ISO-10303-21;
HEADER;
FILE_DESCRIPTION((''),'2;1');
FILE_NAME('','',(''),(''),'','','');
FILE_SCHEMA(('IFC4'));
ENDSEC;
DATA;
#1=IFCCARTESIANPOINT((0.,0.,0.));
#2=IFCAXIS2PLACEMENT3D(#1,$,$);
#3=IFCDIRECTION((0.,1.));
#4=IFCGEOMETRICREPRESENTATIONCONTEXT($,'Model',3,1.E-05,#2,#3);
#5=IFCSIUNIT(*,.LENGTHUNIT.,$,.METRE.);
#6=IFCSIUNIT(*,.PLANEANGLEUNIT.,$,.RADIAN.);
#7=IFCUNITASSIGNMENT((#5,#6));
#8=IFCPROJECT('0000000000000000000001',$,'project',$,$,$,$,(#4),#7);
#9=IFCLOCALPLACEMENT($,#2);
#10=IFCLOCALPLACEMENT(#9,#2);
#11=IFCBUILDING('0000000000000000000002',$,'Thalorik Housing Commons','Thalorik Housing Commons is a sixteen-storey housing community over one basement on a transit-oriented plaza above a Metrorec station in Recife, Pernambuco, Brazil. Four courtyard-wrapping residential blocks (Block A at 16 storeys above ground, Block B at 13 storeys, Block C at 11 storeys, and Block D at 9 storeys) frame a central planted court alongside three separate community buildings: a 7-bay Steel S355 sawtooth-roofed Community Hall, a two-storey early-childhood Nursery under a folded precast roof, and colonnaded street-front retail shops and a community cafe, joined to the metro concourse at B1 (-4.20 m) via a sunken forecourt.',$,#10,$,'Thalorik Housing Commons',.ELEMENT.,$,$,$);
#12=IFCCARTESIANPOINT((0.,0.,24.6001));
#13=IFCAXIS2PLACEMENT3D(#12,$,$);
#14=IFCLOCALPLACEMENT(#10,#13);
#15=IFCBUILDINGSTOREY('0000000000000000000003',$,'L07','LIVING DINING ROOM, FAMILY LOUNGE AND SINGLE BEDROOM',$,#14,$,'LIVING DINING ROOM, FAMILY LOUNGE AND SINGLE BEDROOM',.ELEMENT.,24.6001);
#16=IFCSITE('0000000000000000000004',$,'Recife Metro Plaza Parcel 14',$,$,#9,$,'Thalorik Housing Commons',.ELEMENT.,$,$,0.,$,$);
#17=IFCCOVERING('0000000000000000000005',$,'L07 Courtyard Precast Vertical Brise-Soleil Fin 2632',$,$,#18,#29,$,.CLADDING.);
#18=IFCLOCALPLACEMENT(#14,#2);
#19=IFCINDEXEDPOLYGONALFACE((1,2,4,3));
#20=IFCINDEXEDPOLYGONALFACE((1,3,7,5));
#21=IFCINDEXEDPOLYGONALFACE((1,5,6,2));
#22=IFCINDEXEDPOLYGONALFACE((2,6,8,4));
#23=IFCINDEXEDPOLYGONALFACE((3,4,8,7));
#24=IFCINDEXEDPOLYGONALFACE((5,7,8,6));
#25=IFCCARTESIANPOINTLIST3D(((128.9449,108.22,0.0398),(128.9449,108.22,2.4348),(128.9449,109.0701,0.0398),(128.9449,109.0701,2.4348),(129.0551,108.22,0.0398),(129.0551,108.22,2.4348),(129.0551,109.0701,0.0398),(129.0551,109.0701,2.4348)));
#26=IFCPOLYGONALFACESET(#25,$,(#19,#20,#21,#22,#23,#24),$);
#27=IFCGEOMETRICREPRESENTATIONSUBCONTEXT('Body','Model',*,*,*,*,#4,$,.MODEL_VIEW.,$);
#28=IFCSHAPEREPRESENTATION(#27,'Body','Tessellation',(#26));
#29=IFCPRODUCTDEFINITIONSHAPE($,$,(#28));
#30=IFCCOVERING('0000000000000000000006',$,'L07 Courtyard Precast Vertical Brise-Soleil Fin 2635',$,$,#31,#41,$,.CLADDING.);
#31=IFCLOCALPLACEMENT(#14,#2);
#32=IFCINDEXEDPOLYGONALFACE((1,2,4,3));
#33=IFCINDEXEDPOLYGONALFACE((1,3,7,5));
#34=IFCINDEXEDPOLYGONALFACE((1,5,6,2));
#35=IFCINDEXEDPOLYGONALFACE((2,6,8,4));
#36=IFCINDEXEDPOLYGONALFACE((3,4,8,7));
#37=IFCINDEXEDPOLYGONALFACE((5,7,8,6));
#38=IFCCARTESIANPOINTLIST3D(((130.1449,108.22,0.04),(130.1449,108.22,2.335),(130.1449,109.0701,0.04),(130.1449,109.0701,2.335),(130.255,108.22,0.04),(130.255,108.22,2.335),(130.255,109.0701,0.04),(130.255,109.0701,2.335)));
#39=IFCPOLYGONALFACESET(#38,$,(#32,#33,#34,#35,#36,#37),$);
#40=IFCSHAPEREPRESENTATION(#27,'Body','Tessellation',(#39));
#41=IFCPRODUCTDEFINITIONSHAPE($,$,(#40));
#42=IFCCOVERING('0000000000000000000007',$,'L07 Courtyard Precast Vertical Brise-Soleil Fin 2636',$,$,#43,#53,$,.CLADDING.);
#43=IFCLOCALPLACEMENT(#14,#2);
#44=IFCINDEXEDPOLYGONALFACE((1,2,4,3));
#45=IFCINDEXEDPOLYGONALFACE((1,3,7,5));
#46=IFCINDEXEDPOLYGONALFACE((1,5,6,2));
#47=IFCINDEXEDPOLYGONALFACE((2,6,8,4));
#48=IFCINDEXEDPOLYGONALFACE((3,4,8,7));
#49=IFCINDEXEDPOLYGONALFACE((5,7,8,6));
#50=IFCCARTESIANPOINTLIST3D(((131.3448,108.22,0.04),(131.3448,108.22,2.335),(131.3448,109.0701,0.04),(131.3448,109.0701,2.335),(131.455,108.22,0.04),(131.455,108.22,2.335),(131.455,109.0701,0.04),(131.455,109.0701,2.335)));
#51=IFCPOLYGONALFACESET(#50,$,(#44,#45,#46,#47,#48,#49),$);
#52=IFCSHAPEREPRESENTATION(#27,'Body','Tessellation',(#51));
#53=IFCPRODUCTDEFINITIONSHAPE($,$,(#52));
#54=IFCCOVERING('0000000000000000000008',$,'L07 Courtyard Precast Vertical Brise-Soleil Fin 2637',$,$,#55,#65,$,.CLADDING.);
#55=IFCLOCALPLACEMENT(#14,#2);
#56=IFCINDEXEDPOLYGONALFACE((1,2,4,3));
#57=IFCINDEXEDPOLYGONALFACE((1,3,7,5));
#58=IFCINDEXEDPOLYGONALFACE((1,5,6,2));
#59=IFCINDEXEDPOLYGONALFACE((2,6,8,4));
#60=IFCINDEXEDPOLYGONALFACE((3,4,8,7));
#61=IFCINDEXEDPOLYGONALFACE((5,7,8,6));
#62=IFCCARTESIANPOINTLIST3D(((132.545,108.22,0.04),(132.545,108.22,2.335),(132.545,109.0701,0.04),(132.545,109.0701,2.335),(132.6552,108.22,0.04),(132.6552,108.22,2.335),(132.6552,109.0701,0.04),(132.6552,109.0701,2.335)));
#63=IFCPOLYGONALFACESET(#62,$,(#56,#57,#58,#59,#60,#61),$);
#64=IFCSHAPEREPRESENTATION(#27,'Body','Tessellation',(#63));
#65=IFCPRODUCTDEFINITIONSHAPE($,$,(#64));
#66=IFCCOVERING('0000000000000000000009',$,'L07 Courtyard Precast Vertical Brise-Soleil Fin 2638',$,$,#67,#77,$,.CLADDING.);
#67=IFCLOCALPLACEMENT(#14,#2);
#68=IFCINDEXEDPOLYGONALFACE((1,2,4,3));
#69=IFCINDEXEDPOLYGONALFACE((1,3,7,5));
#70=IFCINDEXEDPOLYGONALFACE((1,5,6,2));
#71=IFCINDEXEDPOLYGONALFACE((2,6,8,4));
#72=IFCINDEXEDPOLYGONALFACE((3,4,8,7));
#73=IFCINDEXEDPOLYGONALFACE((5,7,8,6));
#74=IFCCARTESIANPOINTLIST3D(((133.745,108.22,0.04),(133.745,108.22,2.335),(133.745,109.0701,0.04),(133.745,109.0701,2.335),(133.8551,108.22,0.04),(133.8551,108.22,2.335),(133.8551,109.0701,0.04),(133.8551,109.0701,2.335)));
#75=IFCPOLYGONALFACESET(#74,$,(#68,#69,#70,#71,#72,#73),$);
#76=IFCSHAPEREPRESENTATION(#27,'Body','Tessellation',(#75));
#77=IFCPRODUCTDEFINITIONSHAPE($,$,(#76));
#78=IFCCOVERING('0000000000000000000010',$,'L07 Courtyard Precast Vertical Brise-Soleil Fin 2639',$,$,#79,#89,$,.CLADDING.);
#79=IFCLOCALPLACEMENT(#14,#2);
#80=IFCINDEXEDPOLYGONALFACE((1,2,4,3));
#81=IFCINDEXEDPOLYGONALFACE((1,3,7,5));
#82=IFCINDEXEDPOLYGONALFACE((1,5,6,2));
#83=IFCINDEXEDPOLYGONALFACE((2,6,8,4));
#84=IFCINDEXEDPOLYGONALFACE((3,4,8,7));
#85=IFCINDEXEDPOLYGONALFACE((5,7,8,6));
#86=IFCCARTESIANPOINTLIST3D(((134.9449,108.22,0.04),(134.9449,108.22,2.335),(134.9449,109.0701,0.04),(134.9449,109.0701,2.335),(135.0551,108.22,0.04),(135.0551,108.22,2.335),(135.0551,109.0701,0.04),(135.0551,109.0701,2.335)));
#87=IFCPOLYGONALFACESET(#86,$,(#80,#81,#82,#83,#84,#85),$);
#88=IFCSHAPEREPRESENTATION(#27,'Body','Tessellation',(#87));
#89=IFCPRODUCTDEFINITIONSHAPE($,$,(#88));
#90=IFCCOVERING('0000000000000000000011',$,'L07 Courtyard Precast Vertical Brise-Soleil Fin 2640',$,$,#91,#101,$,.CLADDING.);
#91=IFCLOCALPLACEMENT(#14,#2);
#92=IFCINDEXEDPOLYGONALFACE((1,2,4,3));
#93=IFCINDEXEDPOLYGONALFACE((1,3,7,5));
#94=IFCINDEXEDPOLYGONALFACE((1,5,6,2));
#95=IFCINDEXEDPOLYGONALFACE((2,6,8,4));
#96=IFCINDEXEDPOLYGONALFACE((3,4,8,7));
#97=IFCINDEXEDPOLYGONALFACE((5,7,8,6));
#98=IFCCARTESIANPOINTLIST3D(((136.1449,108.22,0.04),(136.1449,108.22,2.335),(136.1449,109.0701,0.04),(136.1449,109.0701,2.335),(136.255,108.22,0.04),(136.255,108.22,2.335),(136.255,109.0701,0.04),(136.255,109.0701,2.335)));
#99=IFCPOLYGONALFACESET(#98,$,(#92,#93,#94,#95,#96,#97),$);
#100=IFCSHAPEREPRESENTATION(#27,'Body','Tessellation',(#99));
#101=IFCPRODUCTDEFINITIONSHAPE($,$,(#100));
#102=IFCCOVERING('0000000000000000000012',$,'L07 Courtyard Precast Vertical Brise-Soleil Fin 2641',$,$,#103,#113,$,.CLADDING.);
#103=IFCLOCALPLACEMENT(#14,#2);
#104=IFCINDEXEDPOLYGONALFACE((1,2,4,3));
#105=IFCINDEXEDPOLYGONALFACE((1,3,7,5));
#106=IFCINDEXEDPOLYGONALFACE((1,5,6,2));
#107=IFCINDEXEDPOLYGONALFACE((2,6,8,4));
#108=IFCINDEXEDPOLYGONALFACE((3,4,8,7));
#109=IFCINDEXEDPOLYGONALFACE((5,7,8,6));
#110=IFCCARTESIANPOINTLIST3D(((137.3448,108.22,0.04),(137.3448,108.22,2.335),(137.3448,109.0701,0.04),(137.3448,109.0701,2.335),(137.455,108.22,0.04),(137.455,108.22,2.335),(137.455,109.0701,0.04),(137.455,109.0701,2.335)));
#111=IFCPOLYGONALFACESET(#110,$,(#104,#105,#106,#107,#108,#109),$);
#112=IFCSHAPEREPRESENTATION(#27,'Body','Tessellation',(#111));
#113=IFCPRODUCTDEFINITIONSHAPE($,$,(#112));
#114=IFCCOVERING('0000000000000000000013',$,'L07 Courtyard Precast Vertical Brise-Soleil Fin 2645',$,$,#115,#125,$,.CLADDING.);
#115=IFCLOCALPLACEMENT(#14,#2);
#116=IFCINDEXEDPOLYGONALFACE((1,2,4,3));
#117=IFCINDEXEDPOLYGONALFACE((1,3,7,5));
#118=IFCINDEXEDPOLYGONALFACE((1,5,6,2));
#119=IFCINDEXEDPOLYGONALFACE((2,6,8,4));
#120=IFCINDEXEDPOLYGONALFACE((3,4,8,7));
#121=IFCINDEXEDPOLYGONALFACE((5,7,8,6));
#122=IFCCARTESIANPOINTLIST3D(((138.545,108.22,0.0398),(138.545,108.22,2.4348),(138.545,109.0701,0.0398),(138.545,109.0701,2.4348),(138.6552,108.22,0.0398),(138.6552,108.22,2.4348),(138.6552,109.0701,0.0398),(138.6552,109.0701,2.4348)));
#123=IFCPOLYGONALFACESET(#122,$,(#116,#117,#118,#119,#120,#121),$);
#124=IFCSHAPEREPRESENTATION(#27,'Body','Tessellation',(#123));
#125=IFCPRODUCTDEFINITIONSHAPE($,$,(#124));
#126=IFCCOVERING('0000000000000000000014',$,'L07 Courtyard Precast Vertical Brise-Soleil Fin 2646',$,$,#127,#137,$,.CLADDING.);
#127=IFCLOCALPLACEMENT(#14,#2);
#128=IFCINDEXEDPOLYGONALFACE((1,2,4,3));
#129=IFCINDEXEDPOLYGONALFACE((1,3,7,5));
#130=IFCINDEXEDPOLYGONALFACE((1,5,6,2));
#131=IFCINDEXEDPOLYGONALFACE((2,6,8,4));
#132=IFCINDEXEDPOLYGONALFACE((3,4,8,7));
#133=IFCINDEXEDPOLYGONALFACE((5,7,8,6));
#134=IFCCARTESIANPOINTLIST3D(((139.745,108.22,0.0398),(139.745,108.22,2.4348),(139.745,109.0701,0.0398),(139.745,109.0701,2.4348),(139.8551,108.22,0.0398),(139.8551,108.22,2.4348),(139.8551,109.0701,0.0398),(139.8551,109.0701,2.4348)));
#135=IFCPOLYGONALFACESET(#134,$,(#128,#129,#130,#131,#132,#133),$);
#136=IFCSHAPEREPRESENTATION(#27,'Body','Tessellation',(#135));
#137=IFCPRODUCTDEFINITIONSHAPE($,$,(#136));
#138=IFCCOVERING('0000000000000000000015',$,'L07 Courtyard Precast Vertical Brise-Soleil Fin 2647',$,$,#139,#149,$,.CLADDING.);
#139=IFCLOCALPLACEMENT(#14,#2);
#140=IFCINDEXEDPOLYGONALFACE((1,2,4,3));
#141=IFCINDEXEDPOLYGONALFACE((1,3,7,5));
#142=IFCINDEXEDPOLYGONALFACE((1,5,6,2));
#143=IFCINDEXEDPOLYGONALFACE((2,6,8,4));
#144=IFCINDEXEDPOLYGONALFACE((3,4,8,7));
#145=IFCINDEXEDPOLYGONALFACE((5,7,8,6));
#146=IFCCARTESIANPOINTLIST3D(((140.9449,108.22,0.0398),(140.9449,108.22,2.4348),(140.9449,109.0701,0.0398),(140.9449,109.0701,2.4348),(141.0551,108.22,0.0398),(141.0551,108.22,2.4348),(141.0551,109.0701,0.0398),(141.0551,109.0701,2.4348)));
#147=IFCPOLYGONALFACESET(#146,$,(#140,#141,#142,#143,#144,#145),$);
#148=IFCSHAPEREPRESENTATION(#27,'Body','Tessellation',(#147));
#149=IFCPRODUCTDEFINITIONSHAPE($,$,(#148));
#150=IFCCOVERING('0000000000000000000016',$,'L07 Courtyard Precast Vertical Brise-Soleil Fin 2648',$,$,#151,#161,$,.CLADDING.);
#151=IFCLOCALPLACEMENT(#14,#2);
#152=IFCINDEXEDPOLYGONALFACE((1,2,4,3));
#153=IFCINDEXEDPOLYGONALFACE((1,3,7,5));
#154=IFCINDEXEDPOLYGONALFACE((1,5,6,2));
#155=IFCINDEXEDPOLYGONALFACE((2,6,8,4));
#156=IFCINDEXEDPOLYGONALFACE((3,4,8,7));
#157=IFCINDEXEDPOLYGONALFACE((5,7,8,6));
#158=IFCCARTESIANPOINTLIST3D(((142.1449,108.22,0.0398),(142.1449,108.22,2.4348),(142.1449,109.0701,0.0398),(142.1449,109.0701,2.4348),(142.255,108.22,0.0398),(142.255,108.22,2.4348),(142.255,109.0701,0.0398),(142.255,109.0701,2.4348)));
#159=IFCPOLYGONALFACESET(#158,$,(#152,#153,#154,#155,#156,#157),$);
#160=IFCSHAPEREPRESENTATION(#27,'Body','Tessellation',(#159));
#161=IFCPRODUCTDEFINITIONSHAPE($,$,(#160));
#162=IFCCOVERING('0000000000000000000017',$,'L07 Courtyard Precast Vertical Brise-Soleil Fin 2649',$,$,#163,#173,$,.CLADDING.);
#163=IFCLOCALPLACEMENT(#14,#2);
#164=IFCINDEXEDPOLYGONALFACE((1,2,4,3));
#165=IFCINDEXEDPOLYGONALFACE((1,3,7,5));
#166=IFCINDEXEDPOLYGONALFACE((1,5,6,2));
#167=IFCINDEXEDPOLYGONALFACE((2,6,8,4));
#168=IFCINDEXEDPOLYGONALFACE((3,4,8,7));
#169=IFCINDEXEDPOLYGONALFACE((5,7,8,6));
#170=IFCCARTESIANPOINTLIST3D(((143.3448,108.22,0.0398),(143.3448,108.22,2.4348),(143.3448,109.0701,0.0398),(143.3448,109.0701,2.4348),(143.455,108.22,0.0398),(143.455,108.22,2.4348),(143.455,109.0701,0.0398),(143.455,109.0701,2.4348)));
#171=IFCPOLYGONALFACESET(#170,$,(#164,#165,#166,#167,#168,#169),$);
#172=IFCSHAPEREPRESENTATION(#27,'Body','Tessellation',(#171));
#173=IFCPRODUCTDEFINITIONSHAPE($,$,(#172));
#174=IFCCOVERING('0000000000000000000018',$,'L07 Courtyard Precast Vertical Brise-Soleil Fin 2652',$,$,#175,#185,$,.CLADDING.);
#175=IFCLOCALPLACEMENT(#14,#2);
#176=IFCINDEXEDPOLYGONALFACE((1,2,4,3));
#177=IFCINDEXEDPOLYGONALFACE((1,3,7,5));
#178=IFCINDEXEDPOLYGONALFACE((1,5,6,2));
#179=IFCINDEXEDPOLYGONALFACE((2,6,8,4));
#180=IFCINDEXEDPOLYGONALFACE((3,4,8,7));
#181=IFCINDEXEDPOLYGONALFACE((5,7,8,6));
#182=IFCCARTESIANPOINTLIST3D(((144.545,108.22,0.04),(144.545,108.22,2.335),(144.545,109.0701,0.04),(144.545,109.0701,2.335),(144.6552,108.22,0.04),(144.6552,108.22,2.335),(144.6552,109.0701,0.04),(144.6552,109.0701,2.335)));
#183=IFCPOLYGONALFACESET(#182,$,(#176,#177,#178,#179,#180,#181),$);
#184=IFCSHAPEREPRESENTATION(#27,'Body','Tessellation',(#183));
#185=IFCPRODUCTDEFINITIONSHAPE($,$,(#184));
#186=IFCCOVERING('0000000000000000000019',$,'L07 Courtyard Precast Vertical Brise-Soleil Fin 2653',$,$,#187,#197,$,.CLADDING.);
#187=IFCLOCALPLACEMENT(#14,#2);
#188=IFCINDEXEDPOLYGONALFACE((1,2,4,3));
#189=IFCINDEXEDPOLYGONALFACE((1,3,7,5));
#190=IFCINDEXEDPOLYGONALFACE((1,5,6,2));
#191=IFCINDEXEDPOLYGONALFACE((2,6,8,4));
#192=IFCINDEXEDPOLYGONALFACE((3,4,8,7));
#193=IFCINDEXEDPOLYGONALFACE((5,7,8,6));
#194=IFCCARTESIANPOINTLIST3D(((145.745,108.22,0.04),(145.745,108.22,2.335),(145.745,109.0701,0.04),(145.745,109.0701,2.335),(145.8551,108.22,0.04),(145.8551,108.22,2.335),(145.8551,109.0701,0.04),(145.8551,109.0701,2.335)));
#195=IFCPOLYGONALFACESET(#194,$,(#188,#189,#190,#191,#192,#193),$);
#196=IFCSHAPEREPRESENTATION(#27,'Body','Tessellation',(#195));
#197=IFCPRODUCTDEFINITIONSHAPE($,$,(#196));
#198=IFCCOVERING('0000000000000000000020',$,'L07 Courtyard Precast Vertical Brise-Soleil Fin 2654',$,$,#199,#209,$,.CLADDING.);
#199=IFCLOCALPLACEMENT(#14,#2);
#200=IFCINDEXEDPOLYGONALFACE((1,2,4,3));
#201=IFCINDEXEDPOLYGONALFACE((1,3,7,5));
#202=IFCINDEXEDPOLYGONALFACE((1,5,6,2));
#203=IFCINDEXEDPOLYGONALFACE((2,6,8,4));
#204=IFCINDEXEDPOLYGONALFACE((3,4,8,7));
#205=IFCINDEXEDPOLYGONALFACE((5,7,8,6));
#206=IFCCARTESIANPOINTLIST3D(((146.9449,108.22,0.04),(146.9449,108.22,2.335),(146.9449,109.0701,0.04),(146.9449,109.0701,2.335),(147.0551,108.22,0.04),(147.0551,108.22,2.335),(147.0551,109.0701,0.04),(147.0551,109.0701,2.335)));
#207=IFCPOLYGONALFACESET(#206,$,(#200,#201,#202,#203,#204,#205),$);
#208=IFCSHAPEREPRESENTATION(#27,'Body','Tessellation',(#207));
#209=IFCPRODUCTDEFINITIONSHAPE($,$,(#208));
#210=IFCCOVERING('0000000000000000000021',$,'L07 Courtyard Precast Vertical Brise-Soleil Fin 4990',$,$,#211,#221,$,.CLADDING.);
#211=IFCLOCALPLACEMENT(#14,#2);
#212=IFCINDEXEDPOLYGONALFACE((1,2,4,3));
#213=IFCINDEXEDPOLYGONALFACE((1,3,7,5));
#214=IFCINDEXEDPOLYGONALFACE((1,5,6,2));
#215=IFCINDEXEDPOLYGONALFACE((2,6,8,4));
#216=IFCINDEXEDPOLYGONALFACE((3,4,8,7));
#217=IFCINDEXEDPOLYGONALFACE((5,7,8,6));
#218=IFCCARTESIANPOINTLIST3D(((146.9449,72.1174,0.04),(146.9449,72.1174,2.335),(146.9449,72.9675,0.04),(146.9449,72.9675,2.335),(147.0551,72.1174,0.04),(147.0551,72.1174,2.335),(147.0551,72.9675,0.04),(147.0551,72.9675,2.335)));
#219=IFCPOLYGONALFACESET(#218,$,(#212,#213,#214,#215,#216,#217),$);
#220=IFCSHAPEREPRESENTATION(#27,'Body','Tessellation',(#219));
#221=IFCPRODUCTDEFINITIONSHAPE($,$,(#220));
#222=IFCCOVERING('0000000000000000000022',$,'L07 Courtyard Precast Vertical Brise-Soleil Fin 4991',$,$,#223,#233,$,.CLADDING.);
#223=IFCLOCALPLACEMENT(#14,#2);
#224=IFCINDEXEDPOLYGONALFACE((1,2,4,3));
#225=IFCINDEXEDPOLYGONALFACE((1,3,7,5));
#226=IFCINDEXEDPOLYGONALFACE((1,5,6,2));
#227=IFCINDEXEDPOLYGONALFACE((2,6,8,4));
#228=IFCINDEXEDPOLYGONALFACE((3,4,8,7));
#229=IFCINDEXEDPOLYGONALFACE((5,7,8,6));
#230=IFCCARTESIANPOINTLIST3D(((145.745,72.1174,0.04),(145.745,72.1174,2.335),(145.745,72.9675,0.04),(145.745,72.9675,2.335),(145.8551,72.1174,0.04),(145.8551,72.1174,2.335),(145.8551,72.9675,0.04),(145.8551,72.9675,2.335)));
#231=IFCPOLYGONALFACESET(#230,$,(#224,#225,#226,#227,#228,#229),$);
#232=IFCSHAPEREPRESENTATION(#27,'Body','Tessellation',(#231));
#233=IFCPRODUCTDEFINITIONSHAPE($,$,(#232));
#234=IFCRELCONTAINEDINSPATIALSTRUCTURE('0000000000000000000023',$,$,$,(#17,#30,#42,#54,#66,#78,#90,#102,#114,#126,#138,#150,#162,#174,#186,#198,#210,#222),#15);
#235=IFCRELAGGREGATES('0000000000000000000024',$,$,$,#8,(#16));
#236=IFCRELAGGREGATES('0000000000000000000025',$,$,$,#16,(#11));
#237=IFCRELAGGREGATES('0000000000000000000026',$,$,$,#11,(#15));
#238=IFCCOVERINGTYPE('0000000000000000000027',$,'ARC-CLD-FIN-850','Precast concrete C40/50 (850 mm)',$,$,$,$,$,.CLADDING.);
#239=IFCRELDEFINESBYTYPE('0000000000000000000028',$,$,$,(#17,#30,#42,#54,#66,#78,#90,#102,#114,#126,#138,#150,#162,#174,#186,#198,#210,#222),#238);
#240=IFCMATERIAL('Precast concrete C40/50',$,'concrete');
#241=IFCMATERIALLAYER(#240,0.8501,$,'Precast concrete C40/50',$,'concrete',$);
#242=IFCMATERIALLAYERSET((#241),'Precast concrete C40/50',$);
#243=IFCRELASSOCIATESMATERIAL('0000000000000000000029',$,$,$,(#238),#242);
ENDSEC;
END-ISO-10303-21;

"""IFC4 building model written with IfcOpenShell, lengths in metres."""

from ifc_helpers import new_model, si_unit, direction, frame, origin, origin_2d, place, context, subcontext, project, spatial, rectangle, extrude, material, layer, layer_set, type_object, element, save


model = new_model("IFC4")

# Units and contexts
model_context = context("Model", 3, precision=1e-05, world=origin(), true_north=direction((0.0, 1.0)))
body_context = subcontext(model_context, "Body", "Model", "MODEL_VIEW")
ifc_project = project(units=[si_unit("LENGTHUNIT", "METRE"), si_unit("PLANEANGLEUNIT", "RADIAN")], contexts=[model_context])

# Site, building, storey
site_placement = place(None, origin())
site = spatial("IfcSite", under=ifc_project, at=site_placement, Name="Recife Metro Plaza Parcel 14", LongName="Thalorik Housing Commons", CompositionType="ELEMENT", RefElevation=0.0)
building_placement = place(site_placement, origin())
building = spatial("IfcBuilding", under=site, at=building_placement, Name="Thalorik Housing Commons", Description="Thalorik Housing Commons is a sixteen-storey housing community over one basement on a transit-oriented plaza above a Metrorec station in Recife, Pernambuco, Brazil. Four courtyard-wrapping residential blocks (Block A at 16 storeys above ground, Block B at 13 storeys, Block C at 11 storeys, and Block D at 9 storeys) frame a central planted court alongside three separate community buildings: a 7-bay Steel S355 sawtooth-roofed Community Hall, a two-storey early-childhood Nursery under a folded precast roof, and colonnaded street-front retail shops and a community cafe, joined to the metro concourse at B1 (-4.20 m) via a sunken forecourt.", LongName="Thalorik Housing Commons", CompositionType="ELEMENT")
storey_placement = place(building_placement, frame((0.0, 0.0, 24.6001)))
storey = spatial("IfcBuildingStorey", under=building, at=storey_placement, Name="L07", Description="LIVING DINING ROOM, FAMILY LOUNGE AND SINGLE BEDROOM", LongName="LIVING DINING ROOM, FAMILY LOUNGE AND SINGLE BEDROOM", CompositionType="ELEMENT", Elevation=24.6001)

# Coverings
ifc_material = material(Name="Precast concrete C40/50", Category="concrete")
ifc_layer_1 = layer(ifc_material, 0.8501, Name="Precast concrete C40/50", Category="concrete")
ifc_layer_set_1 = layer_set([ifc_layer_1], Name="Precast concrete C40/50")
covering_type_1 = type_object("IfcCoveringType", Name="ARC-CLD-FIN-850", Description="Precast concrete C40/50 (850 mm)", PredefinedType="CLADDING", material=ifc_layer_set_1)
covering_1_placement = place(storey_placement, frame((129.0, 108.645, 0.0398), z_axis=(0.0, 0.0, 1.0), x_axis=(1.0, 0.0, 0.0)))
element("IfcCovering", 1, at=covering_1_placement, inside=storey, type_object=covering_type_1, Name="L07 Courtyard Precast Vertical Brise-Soleil Fin 2632", PredefinedType="CLADDING", context=body_context, shape_type="SweptSolid", body=[
    extrude(rectangle(XDim=0.1101, YDim=0.8501, at=origin_2d()), origin(), (0.0, 0.0, 1.0), 2.395),
])
for number, where, z_axis, x_axis, name in (
    (2, (130.2, 108.645, 0.04), (0.0, 0.0, 1.0), (1.0, 0.0, 0.0), "L07 Courtyard Precast Vertical Brise-Soleil Fin 2635"),
    (3, (131.3999, 108.645, 0.04), (0.0, 0.0, 1.0), (1.0, 0.0, 0.0), "L07 Courtyard Precast Vertical Brise-Soleil Fin 2636"),
    (4, (132.6001, 108.645, 0.04), (0.0, 0.0, 1.0), (1.0, 0.0, 0.0), "L07 Courtyard Precast Vertical Brise-Soleil Fin 2637"),
    (5, (133.8, 108.645, 0.04), (0.0, 0.0, 1.0), (1.0, 0.0, 0.0), "L07 Courtyard Precast Vertical Brise-Soleil Fin 2638"),
    (6, (135.0, 108.645, 0.04), (0.0, 0.0, 1.0), (1.0, 0.0, 0.0), "L07 Courtyard Precast Vertical Brise-Soleil Fin 2639"),
    (7, (136.2, 108.645, 0.04), (0.0, 0.0, 1.0), (1.0, 0.0, 0.0), "L07 Courtyard Precast Vertical Brise-Soleil Fin 2640"),
    (8, (137.3999, 108.645, 0.04), (0.0, 0.0, 1.0), (1.0, 0.0, 0.0), "L07 Courtyard Precast Vertical Brise-Soleil Fin 2641"),
):
    element("IfcCovering", number, at=place(storey_placement, frame(where, z_axis=z_axis, x_axis=x_axis)), inside=storey, type_object=covering_type_1, Name=name, PredefinedType="CLADDING", context=body_context, shape_type="SweptSolid", body=[
        extrude(rectangle(XDim=0.1101, YDim=0.8501, at=origin_2d()), origin(), (0.0, 0.0, 1.0), 2.2949),
    ])
for number, where, z_axis, x_axis, name in (
    (9, (138.6001, 108.645, 0.0398), (0.0, 0.0, 1.0), (1.0, 0.0, 0.0), "L07 Courtyard Precast Vertical Brise-Soleil Fin 2645"),
    (10, (139.8, 108.645, 0.0398), (0.0, 0.0, 1.0), (1.0, 0.0, 0.0), "L07 Courtyard Precast Vertical Brise-Soleil Fin 2646"),
    (11, (141.0, 108.645, 0.0398), (0.0, 0.0, 1.0), (1.0, 0.0, 0.0), "L07 Courtyard Precast Vertical Brise-Soleil Fin 2647"),
    (12, (142.2, 108.645, 0.0398), (0.0, 0.0, 1.0), (1.0, 0.0, 0.0), "L07 Courtyard Precast Vertical Brise-Soleil Fin 2648"),
    (13, (143.3999, 108.645, 0.0398), (0.0, 0.0, 1.0), (1.0, 0.0, 0.0), "L07 Courtyard Precast Vertical Brise-Soleil Fin 2649"),
):
    element("IfcCovering", number, at=place(storey_placement, frame(where, z_axis=z_axis, x_axis=x_axis)), inside=storey, type_object=covering_type_1, Name=name, PredefinedType="CLADDING", context=body_context, shape_type="SweptSolid", body=[
        extrude(rectangle(XDim=0.1101, YDim=0.8501, at=origin_2d()), origin(), (0.0, 0.0, 1.0), 2.395),
    ])
for number, where, z_axis, x_axis, name in (
    (14, (144.6001, 108.645, 0.04), (0.0, 0.0, 1.0), (1.0, 0.0, 0.0), "L07 Courtyard Precast Vertical Brise-Soleil Fin 2652"),
    (15, (145.8, 108.645, 0.04), (0.0, 0.0, 1.0), (1.0, 0.0, 0.0), "L07 Courtyard Precast Vertical Brise-Soleil Fin 2653"),
    (16, (147.0, 108.645, 0.04), (0.0, 0.0, 1.0), (1.0, 0.0, 0.0), "L07 Courtyard Precast Vertical Brise-Soleil Fin 2654"),
    (17, (147.0, 72.5425, 0.04), (0.0, 0.0, 1.0), (-1.0, 0.0, 0.0), "L07 Courtyard Precast Vertical Brise-Soleil Fin 4990"),
    (18, (145.8, 72.5425, 0.04), (0.0, 0.0, 1.0), (-1.0, 0.0, 0.0), "L07 Courtyard Precast Vertical Brise-Soleil Fin 4991"),
):
    element("IfcCovering", number, at=place(storey_placement, frame(where, z_axis=z_axis, x_axis=x_axis)), inside=storey, type_object=covering_type_1, Name=name, PredefinedType="CLADDING", context=body_context, shape_type="SweptSolid", body=[
        extrude(rectangle(XDim=0.1101, YDim=0.8501, at=origin_2d()), origin(), (0.0, 0.0, 1.0), 2.2949),
    ])

save(model, "model.ifc")
